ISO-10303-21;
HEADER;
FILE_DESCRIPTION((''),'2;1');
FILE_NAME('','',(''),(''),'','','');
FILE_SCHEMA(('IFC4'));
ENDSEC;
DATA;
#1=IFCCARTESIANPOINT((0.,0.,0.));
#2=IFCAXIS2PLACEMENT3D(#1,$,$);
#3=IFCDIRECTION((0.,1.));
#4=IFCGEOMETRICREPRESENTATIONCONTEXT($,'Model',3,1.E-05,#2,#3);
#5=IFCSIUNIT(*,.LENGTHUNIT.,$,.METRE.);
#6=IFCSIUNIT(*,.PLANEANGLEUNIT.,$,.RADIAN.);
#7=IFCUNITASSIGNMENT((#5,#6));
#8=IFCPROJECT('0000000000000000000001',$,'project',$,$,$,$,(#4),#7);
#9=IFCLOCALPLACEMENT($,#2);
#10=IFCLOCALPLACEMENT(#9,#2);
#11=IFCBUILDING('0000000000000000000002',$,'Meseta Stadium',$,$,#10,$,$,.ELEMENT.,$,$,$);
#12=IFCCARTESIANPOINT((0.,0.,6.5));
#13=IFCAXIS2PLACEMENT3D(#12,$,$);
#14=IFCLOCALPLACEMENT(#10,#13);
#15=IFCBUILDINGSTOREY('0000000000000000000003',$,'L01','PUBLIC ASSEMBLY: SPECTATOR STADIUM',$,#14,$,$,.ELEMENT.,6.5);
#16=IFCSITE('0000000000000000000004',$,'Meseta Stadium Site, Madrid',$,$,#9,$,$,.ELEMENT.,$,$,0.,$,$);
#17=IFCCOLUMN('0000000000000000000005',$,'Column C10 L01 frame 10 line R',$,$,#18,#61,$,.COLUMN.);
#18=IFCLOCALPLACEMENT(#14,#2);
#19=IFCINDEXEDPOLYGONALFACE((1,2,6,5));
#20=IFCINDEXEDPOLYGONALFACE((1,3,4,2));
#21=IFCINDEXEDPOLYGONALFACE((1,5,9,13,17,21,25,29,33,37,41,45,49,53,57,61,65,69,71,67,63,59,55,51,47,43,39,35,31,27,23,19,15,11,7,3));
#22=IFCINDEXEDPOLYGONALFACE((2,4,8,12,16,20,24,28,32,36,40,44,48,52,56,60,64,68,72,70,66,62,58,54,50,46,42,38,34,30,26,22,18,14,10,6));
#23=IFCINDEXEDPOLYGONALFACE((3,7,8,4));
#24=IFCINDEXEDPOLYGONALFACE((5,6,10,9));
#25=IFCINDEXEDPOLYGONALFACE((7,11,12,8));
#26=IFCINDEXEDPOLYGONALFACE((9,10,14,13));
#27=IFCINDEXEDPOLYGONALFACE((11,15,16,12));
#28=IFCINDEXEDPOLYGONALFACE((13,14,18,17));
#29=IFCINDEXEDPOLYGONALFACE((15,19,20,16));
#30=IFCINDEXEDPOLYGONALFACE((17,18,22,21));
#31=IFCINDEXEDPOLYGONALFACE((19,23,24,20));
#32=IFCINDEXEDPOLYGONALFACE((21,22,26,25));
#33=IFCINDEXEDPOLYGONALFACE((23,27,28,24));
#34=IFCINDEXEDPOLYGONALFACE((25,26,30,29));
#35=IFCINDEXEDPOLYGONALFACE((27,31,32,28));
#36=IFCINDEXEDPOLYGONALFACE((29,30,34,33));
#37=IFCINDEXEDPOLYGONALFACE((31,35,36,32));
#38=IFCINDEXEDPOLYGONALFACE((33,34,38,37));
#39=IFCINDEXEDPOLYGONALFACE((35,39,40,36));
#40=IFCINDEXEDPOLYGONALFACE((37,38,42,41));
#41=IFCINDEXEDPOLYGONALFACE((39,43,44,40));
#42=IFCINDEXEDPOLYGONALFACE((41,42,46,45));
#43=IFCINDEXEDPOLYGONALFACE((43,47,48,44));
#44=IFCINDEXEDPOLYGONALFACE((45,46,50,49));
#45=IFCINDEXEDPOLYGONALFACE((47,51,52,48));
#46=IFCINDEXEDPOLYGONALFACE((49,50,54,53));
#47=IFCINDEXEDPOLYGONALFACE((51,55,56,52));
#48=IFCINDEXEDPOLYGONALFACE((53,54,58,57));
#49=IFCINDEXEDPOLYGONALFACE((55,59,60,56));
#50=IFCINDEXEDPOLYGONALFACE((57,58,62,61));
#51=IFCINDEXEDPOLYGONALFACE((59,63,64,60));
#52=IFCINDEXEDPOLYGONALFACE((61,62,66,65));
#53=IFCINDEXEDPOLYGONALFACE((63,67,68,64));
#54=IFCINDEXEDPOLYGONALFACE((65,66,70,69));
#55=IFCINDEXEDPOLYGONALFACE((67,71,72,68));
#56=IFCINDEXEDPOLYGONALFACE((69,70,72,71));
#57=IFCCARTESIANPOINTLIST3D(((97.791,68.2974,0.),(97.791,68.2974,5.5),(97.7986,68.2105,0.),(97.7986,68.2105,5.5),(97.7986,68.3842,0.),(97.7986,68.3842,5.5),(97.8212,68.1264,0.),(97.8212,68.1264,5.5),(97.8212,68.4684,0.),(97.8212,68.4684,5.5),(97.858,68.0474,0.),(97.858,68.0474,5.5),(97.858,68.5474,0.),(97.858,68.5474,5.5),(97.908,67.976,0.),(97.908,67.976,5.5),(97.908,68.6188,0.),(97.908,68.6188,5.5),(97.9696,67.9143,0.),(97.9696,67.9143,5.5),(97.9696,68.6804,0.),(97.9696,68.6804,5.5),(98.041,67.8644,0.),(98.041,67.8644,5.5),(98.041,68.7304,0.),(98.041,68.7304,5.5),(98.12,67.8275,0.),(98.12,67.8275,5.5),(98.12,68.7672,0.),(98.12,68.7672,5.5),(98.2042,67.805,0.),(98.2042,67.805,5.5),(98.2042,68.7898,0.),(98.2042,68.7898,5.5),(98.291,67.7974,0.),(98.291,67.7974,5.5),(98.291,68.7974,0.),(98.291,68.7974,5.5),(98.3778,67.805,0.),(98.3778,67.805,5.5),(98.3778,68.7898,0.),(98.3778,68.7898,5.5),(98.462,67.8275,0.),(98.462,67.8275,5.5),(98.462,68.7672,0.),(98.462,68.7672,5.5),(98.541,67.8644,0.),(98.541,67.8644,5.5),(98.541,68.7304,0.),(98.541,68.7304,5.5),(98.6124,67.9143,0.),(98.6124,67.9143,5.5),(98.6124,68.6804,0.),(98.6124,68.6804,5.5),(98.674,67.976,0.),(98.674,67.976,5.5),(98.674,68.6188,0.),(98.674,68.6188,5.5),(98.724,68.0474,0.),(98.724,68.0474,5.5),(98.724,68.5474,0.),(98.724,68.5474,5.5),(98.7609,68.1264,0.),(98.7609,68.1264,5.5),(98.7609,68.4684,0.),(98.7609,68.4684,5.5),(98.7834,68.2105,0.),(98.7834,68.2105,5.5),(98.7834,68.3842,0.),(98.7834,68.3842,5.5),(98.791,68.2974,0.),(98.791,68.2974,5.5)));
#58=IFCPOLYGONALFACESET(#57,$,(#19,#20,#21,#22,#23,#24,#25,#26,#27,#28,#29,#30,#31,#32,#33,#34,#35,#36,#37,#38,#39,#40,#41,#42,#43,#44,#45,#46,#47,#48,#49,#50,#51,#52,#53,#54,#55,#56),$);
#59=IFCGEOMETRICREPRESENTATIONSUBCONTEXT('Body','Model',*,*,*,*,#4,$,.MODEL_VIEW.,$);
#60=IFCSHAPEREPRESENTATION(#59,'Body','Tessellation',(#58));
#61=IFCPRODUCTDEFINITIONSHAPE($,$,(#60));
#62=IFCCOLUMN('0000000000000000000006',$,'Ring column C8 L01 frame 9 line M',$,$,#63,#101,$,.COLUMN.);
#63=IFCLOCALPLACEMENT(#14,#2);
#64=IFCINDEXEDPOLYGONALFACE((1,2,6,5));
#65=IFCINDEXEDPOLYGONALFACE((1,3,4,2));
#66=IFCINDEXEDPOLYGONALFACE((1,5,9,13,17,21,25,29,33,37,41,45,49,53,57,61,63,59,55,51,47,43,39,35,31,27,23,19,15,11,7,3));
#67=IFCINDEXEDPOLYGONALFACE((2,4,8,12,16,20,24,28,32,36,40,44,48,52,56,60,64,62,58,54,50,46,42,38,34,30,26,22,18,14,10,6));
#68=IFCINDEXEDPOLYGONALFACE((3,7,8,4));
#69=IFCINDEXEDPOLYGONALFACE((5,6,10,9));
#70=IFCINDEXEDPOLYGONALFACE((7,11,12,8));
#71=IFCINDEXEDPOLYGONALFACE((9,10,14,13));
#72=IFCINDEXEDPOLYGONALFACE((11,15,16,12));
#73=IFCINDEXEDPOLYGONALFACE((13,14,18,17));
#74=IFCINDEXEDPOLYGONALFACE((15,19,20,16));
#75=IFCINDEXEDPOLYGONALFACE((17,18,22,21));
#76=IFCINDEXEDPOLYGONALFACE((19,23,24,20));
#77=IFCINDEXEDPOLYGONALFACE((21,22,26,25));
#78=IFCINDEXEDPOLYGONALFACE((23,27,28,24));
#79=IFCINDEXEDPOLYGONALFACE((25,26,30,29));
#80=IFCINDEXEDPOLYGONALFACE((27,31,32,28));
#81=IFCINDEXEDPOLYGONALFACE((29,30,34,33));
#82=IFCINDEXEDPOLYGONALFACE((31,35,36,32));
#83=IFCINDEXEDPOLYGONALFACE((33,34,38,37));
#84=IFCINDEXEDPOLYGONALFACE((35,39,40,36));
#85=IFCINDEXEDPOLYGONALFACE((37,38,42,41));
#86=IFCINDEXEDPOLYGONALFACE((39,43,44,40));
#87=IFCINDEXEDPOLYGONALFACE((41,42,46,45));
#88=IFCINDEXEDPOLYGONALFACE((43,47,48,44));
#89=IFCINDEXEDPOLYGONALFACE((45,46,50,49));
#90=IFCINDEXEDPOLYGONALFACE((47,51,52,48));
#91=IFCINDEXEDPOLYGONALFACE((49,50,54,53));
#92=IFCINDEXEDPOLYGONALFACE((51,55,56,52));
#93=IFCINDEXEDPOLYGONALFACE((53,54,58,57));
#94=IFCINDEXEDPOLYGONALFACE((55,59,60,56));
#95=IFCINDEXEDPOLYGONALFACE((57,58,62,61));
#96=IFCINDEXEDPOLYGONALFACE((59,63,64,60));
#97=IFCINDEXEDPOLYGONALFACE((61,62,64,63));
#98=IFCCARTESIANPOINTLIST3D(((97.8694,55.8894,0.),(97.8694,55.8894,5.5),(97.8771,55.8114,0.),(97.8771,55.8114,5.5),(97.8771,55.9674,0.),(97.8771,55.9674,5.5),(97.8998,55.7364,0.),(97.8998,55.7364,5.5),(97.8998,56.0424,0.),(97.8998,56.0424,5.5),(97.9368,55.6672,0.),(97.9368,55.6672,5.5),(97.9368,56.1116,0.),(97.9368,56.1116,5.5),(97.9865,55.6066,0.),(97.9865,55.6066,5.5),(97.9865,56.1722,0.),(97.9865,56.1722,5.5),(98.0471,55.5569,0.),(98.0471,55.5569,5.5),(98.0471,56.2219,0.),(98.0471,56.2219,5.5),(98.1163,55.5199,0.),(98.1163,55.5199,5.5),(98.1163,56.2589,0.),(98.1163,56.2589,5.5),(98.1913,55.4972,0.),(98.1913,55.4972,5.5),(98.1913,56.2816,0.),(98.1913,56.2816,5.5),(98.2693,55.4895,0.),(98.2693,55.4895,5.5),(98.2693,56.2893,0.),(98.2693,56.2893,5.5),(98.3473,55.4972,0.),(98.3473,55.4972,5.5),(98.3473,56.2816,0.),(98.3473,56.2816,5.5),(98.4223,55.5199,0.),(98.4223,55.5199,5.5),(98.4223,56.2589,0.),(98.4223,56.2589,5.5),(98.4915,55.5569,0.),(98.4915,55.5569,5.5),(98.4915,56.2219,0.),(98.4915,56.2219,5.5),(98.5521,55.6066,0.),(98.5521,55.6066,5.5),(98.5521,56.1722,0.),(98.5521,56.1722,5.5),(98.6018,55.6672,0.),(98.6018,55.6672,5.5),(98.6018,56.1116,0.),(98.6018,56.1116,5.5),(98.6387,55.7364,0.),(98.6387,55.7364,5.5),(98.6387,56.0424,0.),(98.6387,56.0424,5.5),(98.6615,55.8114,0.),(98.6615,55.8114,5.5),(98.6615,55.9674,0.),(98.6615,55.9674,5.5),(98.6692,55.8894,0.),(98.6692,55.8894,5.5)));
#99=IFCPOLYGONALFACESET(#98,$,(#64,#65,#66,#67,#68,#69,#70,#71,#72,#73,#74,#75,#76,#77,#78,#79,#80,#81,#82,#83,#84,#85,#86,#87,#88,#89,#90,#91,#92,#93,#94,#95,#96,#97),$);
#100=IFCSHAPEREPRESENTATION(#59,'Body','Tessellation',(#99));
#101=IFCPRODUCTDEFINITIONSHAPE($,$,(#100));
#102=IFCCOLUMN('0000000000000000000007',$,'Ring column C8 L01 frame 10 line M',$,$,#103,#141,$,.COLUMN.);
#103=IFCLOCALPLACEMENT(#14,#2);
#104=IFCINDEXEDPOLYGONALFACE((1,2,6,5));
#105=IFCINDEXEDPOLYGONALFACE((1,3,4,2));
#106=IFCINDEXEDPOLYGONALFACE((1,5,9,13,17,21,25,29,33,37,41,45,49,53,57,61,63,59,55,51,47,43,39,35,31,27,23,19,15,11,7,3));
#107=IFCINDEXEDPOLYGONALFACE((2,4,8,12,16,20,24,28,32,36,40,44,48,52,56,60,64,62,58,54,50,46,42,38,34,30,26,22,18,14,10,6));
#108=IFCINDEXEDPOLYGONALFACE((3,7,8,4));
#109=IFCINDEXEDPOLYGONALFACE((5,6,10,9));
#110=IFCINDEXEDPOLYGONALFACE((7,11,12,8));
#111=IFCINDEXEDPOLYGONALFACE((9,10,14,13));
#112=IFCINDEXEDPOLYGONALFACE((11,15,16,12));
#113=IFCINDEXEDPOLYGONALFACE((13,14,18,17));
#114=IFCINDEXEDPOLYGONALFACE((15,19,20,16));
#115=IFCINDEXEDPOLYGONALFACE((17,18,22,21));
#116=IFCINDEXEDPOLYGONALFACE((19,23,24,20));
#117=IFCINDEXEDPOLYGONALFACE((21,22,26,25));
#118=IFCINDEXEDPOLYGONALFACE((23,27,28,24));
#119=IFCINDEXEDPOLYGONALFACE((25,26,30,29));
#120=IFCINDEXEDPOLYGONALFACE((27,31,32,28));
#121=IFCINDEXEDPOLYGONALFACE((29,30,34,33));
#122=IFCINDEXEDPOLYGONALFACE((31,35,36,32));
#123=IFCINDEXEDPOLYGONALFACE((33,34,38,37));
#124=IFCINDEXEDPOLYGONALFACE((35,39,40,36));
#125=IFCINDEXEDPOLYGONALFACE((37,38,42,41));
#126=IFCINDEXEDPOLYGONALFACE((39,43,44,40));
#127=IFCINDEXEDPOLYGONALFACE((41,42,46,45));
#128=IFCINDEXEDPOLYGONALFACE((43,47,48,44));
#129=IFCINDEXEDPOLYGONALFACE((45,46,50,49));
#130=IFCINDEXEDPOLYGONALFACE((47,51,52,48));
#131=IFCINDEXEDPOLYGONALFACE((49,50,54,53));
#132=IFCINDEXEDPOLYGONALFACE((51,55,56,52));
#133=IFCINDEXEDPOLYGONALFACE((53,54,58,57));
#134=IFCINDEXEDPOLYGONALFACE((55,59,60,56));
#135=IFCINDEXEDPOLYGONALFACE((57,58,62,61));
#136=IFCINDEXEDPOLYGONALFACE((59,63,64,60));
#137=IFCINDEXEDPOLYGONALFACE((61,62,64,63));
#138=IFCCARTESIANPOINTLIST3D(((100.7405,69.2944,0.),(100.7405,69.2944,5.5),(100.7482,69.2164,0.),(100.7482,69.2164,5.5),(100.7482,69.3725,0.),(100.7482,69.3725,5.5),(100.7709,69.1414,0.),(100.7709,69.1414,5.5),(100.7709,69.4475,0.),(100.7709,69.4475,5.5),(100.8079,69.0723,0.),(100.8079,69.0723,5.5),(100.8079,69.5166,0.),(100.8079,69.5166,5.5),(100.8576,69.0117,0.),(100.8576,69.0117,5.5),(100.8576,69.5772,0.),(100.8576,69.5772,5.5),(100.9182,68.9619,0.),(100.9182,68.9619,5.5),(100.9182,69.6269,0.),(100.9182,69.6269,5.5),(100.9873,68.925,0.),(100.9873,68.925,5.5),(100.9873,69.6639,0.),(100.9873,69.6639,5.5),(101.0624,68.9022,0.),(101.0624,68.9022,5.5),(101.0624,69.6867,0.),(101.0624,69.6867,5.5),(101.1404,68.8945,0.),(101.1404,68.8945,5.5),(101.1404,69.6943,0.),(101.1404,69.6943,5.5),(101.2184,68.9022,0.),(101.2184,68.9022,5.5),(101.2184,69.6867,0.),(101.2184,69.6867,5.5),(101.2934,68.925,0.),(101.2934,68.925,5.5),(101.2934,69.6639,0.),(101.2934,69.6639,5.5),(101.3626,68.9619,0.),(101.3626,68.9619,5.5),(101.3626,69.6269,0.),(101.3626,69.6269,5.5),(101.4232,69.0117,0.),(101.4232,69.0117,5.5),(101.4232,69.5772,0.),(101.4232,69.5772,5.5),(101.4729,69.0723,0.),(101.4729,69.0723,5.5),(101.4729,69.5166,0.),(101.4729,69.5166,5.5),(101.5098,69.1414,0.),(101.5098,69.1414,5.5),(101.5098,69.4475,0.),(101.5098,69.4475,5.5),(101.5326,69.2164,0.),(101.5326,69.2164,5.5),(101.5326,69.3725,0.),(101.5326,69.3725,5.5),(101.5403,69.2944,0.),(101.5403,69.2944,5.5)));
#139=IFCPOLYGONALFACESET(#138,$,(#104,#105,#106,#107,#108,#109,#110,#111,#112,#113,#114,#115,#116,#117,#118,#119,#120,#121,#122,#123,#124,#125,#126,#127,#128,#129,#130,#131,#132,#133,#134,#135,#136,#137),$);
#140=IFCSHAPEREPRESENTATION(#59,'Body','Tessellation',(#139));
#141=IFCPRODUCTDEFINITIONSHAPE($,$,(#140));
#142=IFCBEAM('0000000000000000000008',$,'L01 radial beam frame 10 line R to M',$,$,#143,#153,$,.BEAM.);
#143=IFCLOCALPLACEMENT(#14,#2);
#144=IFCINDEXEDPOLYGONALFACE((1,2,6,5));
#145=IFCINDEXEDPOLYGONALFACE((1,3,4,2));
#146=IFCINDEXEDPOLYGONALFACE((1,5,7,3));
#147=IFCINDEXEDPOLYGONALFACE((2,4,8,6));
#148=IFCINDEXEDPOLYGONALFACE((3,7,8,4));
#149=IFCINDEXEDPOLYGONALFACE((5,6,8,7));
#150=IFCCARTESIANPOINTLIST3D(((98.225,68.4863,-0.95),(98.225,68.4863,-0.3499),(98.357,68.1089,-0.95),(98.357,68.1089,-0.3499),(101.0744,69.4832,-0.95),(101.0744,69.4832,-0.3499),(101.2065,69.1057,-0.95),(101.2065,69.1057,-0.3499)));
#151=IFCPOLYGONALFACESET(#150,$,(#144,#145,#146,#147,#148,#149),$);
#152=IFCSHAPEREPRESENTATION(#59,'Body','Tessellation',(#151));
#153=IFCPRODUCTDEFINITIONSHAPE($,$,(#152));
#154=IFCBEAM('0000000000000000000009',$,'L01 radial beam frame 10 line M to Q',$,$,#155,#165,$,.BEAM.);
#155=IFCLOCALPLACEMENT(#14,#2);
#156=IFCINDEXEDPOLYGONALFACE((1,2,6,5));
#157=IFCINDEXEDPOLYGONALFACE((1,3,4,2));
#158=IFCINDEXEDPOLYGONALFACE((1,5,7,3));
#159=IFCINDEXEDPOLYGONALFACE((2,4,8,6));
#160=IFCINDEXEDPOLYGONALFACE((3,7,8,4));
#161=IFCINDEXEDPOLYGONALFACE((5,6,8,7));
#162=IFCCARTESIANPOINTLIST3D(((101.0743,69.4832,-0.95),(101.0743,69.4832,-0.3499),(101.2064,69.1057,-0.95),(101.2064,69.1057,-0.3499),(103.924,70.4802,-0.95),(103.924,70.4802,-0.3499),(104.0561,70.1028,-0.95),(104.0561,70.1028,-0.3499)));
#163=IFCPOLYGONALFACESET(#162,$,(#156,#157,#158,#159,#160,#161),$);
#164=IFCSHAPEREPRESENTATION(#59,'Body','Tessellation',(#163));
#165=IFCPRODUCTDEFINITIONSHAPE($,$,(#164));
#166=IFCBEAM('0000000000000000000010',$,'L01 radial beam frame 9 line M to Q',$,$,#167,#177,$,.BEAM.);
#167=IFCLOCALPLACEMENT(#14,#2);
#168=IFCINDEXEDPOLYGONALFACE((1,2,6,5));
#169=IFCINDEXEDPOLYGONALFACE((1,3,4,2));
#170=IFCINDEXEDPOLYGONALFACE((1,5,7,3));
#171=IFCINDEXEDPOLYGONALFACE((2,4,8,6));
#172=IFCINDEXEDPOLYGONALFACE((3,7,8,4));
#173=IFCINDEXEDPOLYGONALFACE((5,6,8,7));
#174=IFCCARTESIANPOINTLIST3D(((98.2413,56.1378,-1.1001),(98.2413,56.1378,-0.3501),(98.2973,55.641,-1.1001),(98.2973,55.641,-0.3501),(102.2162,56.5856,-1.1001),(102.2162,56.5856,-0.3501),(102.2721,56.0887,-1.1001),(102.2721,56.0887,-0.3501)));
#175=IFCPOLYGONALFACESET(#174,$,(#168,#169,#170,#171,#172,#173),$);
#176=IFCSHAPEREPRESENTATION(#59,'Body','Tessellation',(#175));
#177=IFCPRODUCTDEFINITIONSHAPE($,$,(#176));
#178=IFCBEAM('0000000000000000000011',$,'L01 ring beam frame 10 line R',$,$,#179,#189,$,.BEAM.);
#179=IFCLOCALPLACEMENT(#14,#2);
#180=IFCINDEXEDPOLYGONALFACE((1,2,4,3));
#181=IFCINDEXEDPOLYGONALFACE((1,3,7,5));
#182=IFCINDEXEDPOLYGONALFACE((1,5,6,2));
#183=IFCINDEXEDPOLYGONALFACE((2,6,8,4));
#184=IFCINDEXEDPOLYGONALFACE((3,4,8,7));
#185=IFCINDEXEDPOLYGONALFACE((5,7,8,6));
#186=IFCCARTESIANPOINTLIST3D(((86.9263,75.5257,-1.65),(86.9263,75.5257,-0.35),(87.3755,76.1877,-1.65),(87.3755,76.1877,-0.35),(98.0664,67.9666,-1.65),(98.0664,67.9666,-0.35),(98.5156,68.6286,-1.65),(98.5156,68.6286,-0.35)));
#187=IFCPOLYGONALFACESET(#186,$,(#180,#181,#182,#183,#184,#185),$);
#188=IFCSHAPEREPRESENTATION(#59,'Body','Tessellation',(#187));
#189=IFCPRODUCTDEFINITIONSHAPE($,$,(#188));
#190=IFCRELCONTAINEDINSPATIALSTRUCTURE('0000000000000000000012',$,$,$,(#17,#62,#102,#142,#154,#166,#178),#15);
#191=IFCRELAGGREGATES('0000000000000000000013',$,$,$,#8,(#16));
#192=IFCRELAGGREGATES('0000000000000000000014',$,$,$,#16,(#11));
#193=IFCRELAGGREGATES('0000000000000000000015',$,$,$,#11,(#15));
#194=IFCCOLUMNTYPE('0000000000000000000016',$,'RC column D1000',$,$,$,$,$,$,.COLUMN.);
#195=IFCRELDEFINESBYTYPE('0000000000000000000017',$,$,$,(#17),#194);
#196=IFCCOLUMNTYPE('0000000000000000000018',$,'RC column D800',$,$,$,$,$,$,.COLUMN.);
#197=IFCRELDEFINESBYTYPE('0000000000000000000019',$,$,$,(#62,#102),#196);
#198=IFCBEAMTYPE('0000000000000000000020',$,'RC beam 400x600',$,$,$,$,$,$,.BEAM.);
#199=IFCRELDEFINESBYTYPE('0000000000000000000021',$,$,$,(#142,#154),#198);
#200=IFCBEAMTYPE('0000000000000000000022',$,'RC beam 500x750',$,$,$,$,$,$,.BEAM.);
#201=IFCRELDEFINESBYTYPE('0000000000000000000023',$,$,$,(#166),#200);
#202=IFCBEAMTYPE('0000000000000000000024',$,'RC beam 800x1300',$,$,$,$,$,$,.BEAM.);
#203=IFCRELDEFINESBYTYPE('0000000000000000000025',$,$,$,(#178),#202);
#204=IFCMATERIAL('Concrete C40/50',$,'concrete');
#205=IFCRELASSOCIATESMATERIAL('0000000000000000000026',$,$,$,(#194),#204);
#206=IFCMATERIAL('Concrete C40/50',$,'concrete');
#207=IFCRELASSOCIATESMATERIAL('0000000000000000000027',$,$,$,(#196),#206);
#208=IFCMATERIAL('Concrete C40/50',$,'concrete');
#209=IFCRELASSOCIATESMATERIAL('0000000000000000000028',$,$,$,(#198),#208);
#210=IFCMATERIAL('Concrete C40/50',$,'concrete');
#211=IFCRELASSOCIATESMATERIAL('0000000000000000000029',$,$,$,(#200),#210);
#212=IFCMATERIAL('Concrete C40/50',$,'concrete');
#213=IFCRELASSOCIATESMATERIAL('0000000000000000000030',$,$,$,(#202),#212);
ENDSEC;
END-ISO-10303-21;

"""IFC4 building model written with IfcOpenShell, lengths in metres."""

from ifc_helpers import new_model, si_unit, direction, frame, origin, origin_2d, place, context, subcontext, project, spatial, rectangle, circle, extrude, material, material_profile, profile_set, type_object, element, save


model = new_model("IFC4")

# Units and contexts
model_context = context("Model", 3, precision=1e-05, world=origin(), true_north=direction((0.0, 1.0)))
body_context = subcontext(model_context, "Body", "Model", "MODEL_VIEW")
ifc_project = project(units=[si_unit("LENGTHUNIT", "METRE"), si_unit("PLANEANGLEUNIT", "RADIAN")], contexts=[model_context])

# Site, building, storey
site_placement = place(None, origin())
site = spatial("IfcSite", under=ifc_project, at=site_placement, Name="Meseta Stadium Site, Madrid", CompositionType="ELEMENT", RefElevation=0.0)
building_placement = place(site_placement, origin())
building = spatial("IfcBuilding", under=site, at=building_placement, Name="Meseta Stadium", CompositionType="ELEMENT")
storey_placement = place(building_placement, frame((0.0, 0.0, 6.5)))
storey = spatial("IfcBuildingStorey", under=building, at=storey_placement, Name="L01", Description="PUBLIC ASSEMBLY: SPECTATOR STADIUM", CompositionType="ELEMENT", Elevation=6.5)

# Columns
ifc_material_1 = material(Name="Concrete C40/50", Category="concrete")
ifc_material_profile_1 = material_profile(ifc_material_1, circle(Radius=0.5, at=origin_2d()), Name="RC D1000")
ifc_profile_set_1 = profile_set([ifc_material_profile_1], Name="Concrete C40/50")
column_type_1 = type_object("IfcColumnType", Name="RC column D1000", PredefinedType="COLUMN", material=ifc_profile_set_1)
column_placement = place(storey_placement, frame((98.291, 68.2974, 0.0), z_axis=(0.0, 0.0, 1.0), x_axis=(1.0, 0.0, 0.0)))
element("IfcColumn", 1, at=column_placement, inside=storey, type_object=column_type_1, Name="Column C10 L01 frame 10 line R", PredefinedType="COLUMN", context=body_context, shape_type="SweptSolid", body=[
    extrude(circle(Radius=0.5, at=origin_2d()), origin(), (0.0, 0.0, 1.0), 5.5),
])
ifc_material_2 = material(Name="Concrete C40/50", Category="concrete")
ifc_material_profile_2 = material_profile(ifc_material_2, circle(Radius=0.3999, at=origin_2d()), Name="RC D800")
ifc_profile_set_2 = profile_set([ifc_material_profile_2], Name="Concrete C40/50")
column_type_2 = type_object("IfcColumnType", Name="RC column D800", PredefinedType="COLUMN", material=ifc_profile_set_2)
for number, where, z_axis, x_axis, name in (
    (2, (98.2693, 55.8894, 0.0), (0.0, 0.0, 1.0), (1.0, 0.0, 0.0), "Ring column C8 L01 frame 9 line M"),
    (3, (101.1404, 69.2944, 0.0), (0.0, 0.0, 1.0), (1.0, 0.0, 0.0), "Ring column C8 L01 frame 10 line M"),
):
    element("IfcColumn", number, at=place(storey_placement, frame(where, z_axis=z_axis, x_axis=x_axis)), inside=storey, type_object=column_type_2, Name=name, PredefinedType="COLUMN", context=body_context, shape_type="SweptSolid", body=[
        extrude(circle(Radius=0.3999, at=origin_2d()), origin(), (0.0, 0.0, 1.0), 5.5),
    ])

# Beams
ifc_material_3 = material(Name="Concrete C40/50", Category="concrete")
ifc_material_profile_3 = material_profile(ifc_material_3, rectangle(XDim=0.3999, YDim=0.6001, at=origin_2d()), Name="RC 400x600")
ifc_profile_set_3 = profile_set([ifc_material_profile_3], Name="Concrete C40/50")
beam_type_1 = type_object("IfcBeamType", Name="RC beam 400x600", PredefinedType="BEAM", material=ifc_profile_set_3)
beam_1_placement = place(storey_placement, frame((98.291, 68.2976, -0.6499), z_axis=(0.943905, 0.330217, 0.0), x_axis=(-0.330217, 0.943905, 0.0)))
element("IfcBeam", 4, at=beam_1_placement, inside=storey, type_object=beam_type_1, Name="L01 radial beam frame 10 line R to M", PredefinedType="BEAM", context=body_context, shape_type="SweptSolid", body=[
    extrude(rectangle(XDim=0.3999, YDim=0.6001, at=origin_2d()), origin(), (0.0, 0.0, 1.0), 3.0188),
])
beam_2_placement = place(storey_placement, frame((101.1404, 69.2944, -0.6499), z_axis=(0.943889, 0.330264, 0.0), x_axis=(-0.330264, 0.943889, 0.0)))
element("IfcBeam", 5, at=beam_2_placement, inside=storey, type_object=beam_type_1, Name="L01 radial beam frame 10 line M to Q", PredefinedType="BEAM", context=body_context, shape_type="SweptSolid", body=[
    extrude(rectangle(XDim=0.3999, YDim=0.6001, at=origin_2d()), origin(), (0.0, 0.0, 1.0), 3.019),
])
ifc_material_4 = material(Name="Concrete C40/50", Category="concrete")
ifc_material_profile_4 = material_profile(ifc_material_4, rectangle(XDim=0.5, YDim=0.75, at=origin_2d()), Name="RC 500x750")
ifc_profile_set_4 = profile_set([ifc_material_profile_4], Name="Concrete C40/50")
beam_type_2 = type_object("IfcBeamType", Name="RC beam 500x750", PredefinedType="BEAM", material=ifc_profile_set_4)
beam_3_placement = place(storey_placement, frame((98.2693, 55.8894, -0.7251), z_axis=(0.993715, 0.111939, 0.0), x_axis=(-0.111939, 0.993715, 0.0)))
element("IfcBeam", 6, at=beam_3_placement, inside=storey, type_object=beam_type_2, Name="L01 radial beam frame 9 line M to Q", PredefinedType="BEAM", context=body_context, shape_type="SweptSolid", body=[
    extrude(rectangle(XDim=0.5, YDim=0.75, at=origin_2d()), origin(), (0.0, 0.0, 1.0), 4.0),
])
ifc_material_5 = material(Name="Concrete C40/50", Category="concrete")
ifc_material_profile_5 = material_profile(ifc_material_5, rectangle(XDim=0.8, YDim=1.3, at=origin_2d()), Name="RC 800x1300")
ifc_profile_set_5 = profile_set([ifc_material_profile_5], Name="Concrete C40/50")
beam_type_3 = type_object("IfcBeamType", Name="RC beam 800x1300", PredefinedType="BEAM", material=ifc_profile_set_5)
beam_4_placement = place(storey_placement, frame((98.291, 68.2976, -1.0), z_axis=(-0.827486, 0.561486, 0.0), x_axis=(-0.561486, -0.827486, 0.0)))
element("IfcBeam", 7, at=beam_4_placement, inside=storey, type_object=beam_type_3, Name="L01 ring beam frame 10 line R", PredefinedType="BEAM", context=body_context, shape_type="SweptSolid", body=[
    extrude(rectangle(XDim=0.8, YDim=1.3, at=origin_2d()), origin(), (0.0, 0.0, 1.0), 13.4626),
])

save(model, "model.ifc")
